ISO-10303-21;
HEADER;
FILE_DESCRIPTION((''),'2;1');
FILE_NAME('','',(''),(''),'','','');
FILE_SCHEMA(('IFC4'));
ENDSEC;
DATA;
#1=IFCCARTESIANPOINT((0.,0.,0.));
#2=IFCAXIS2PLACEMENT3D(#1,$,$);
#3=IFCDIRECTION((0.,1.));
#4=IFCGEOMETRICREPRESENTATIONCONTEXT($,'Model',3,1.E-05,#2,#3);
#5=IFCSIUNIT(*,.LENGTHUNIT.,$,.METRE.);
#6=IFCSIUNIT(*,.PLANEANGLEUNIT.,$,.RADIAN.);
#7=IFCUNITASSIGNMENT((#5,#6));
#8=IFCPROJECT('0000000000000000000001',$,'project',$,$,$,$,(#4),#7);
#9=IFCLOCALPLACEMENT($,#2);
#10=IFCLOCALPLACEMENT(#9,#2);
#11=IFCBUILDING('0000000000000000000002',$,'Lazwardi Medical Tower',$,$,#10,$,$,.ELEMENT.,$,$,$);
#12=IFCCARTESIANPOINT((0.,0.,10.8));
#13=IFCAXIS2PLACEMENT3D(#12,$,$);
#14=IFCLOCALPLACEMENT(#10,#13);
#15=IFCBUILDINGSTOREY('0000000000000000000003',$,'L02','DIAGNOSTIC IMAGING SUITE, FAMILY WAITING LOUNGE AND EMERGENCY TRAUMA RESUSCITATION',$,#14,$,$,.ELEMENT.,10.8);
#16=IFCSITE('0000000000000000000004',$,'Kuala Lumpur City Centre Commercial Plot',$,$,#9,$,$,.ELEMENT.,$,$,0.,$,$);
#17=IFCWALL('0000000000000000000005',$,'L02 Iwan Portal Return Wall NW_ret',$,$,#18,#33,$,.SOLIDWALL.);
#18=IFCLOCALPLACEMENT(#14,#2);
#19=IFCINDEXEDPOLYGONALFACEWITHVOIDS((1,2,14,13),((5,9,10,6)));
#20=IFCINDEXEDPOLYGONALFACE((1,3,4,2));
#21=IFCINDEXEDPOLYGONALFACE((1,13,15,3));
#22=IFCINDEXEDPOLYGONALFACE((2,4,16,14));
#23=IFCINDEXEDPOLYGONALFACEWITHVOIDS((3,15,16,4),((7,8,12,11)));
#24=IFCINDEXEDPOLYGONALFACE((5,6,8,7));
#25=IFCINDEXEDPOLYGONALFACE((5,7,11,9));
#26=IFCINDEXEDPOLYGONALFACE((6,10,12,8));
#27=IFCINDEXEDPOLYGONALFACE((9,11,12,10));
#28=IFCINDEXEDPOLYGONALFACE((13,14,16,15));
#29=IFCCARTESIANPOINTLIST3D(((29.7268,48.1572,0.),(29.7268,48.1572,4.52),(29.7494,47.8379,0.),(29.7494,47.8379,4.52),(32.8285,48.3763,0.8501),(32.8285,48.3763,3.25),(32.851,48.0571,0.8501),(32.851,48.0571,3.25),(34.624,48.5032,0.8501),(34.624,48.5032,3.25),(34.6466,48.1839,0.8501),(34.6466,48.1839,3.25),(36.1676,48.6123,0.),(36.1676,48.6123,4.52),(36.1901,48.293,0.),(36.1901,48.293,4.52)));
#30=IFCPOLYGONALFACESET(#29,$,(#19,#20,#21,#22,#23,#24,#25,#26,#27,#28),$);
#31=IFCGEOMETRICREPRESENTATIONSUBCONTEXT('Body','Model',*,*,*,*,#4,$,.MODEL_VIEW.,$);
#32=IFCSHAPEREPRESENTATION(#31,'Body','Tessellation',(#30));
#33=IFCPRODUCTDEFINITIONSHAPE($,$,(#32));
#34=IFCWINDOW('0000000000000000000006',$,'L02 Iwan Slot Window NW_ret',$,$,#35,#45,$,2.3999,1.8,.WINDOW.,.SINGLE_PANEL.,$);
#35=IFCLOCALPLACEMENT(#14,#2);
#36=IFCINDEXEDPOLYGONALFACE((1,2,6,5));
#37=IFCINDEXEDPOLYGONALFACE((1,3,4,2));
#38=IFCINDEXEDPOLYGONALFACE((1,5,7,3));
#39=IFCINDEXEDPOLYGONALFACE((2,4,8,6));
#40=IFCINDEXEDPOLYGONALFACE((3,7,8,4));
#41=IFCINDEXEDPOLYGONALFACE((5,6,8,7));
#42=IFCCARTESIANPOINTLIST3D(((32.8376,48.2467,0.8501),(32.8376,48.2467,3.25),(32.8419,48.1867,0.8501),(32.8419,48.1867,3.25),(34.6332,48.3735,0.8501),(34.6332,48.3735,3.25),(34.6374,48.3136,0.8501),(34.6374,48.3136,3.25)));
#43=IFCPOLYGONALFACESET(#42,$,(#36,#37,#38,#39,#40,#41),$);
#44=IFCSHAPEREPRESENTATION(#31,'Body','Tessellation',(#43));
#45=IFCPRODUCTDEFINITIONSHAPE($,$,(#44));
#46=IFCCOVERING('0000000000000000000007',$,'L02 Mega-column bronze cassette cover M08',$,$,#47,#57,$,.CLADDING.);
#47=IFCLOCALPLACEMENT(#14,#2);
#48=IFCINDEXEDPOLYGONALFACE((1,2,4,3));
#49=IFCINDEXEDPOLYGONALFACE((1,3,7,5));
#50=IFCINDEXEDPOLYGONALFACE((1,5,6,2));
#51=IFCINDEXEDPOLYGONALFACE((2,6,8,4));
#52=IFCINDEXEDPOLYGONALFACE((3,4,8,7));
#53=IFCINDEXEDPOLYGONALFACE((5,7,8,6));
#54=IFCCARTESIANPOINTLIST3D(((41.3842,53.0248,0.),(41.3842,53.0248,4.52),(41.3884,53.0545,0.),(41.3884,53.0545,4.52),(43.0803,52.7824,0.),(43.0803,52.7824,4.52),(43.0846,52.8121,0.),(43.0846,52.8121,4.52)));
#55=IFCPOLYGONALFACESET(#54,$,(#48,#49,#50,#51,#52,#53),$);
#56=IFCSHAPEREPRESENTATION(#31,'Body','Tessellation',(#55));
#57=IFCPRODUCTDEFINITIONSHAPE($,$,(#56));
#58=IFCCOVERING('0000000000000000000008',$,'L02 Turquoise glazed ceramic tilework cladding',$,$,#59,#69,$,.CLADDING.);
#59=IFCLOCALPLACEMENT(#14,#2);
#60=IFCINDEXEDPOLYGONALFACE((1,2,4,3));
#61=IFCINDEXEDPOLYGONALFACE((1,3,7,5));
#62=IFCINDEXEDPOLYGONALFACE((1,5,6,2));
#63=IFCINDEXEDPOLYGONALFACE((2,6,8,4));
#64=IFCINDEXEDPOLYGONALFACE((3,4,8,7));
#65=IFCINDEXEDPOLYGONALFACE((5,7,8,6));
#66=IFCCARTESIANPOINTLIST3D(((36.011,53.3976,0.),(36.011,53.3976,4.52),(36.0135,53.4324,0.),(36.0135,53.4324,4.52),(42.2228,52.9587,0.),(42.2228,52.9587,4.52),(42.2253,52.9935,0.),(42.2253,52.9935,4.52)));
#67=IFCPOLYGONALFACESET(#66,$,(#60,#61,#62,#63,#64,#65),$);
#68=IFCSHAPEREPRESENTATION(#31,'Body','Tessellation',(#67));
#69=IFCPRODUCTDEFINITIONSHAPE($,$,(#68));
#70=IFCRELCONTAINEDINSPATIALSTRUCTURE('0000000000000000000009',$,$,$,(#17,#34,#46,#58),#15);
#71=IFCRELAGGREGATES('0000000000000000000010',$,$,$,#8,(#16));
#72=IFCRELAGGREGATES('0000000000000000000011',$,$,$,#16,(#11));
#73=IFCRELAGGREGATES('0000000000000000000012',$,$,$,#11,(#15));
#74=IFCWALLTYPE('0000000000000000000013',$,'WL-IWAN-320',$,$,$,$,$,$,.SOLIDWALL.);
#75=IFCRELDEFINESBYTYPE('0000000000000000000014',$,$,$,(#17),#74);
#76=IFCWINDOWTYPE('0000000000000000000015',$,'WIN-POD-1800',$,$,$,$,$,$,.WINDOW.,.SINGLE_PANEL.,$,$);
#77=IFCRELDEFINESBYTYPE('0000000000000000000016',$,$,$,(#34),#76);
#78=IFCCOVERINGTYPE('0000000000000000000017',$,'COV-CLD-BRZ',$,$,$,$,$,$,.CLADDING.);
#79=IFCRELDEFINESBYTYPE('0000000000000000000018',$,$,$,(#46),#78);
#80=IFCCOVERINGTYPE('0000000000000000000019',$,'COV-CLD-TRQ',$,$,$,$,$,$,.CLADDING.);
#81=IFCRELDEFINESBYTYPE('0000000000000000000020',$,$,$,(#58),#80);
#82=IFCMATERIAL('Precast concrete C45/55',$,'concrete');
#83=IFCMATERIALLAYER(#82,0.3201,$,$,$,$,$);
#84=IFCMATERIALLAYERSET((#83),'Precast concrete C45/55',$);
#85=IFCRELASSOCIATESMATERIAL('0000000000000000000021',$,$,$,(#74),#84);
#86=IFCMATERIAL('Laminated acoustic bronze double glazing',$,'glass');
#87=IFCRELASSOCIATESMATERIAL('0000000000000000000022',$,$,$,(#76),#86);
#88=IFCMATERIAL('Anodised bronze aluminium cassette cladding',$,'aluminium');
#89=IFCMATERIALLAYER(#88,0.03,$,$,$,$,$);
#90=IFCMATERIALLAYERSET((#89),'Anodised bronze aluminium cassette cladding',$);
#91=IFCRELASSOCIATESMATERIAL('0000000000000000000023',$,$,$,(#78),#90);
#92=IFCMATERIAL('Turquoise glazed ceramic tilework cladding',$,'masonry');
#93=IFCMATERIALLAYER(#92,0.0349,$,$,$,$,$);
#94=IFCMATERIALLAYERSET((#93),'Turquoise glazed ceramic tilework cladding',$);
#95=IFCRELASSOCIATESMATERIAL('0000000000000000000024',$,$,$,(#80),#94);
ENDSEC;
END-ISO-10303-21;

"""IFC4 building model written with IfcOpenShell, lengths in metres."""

from ifc_helpers import new_model, si_unit, direction, frame, frame_2d, origin, origin_2d, place, context, subcontext, project, spatial, rectangle, extrude, material, layer, layer_set, type_object, element, fill, save


model = new_model("IFC4")

# Units and contexts
model_context = context("Model", 3, precision=1e-05, world=origin(), true_north=direction((0.0, 1.0)))
body_context = subcontext(model_context, "Body", "Model", "MODEL_VIEW")
ifc_project = project(units=[si_unit("LENGTHUNIT", "METRE"), si_unit("PLANEANGLEUNIT", "RADIAN")], contexts=[model_context])

# Site, building, storey
site_placement = place(None, origin())
site = spatial("IfcSite", under=ifc_project, at=site_placement, Name="Kuala Lumpur City Centre Commercial Plot", CompositionType="ELEMENT", RefElevation=0.0)
building_placement = place(site_placement, origin())
building = spatial("IfcBuilding", under=site, at=building_placement, Name="Lazwardi Medical Tower", CompositionType="ELEMENT")
storey_placement = place(building_placement, frame((0.0, 0.0, 10.8)))
storey = spatial("IfcBuildingStorey", under=building, at=storey_placement, Name="L02", Description="DIAGNOSTIC IMAGING SUITE, FAMILY WAITING LOUNGE AND EMERGENCY TRAUMA RESUSCITATION", CompositionType="ELEMENT", Elevation=10.8)

# Shared definitions
ifc_material_1 = material(Name="Laminated acoustic bronze double glazing", Category="glass")

# Wall, opening, window
ifc_material_2 = material(Name="Precast concrete C45/55", Category="concrete")
ifc_layer_1 = layer(ifc_material_2, 0.3201)
ifc_layer_set_1 = layer_set([ifc_layer_1], Name="Precast concrete C45/55")
wall_type = type_object("IfcWallType", Name="WL-IWAN-320", PredefinedType="SOLIDWALL", material=ifc_layer_set_1)
window_type = type_object("IfcWindowType", Name="WIN-POD-1800", PartitioningType="SINGLE_PANEL", PredefinedType="WINDOW", material=ifc_material_1)
wall_1_placement = place(storey_placement, frame((36.179, 48.4526, 0.0), z_axis=(0.0, 0.0, 1.0), x_axis=(-0.997513, -0.070481, 0.0)))
wall_1 = element("IfcWall", 1, at=wall_1_placement, inside=storey, type_object=wall_type, Name="L02 Iwan Portal Return Wall NW_ret", PredefinedType="SOLIDWALL", context=body_context, shape_type="SweptSolid", body=[
    extrude(rectangle(XDim=6.4568, YDim=0.3201, at=frame_2d((3.2285, 0.0))), origin(), (0.0, 0.0, 1.0), 4.52),
])
opening_1_placement = place(wall_1_placement, frame((1.5476, 0.0, 0.8501)))
opening_1 = element("IfcOpeningElement", 2, at=opening_1_placement, cuts=wall_1, PredefinedType="OPENING", context=body_context, shape_type="SweptSolid", body=[
    extrude(rectangle(XDim=1.8, YDim=2.3999, at=frame_2d((0.8999, 1.2))), frame((0.0, 0.1699, 0.0), z_axis=(0.0, -1.0, 0.0), x_axis=(1.0, 0.0, 0.0)), (0.0, 0.0, 1.0), 0.3401),
])
window_1_placement = place(opening_1_placement, origin())
window_1 = element("IfcWindow", 3, at=window_1_placement, inside=storey, type_object=window_type, Name="L02 Iwan Slot Window NW_ret", OverallHeight=2.3999, OverallWidth=1.8, PartitioningType="SINGLE_PANEL", PredefinedType="WINDOW", context=body_context, shape_type="SweptSolid", body=[
    extrude(rectangle(XDim=1.8, YDim=2.3999, at=frame_2d((0.8999, 1.2))), frame((0.0, 0.03, 0.0), z_axis=(0.0, -1.0, 0.0), x_axis=(1.0, 0.0, 0.0)), (0.0, 0.0, 1.0), 0.0601),
])
fill(opening_1, window_1)

# Coverings
ifc_material_3 = material(Name="Anodised bronze aluminium cassette cladding", Category="aluminium")
ifc_layer_2 = layer(ifc_material_3, 0.03)
ifc_layer_set_2 = layer_set([ifc_layer_2], Name="Anodised bronze aluminium cassette cladding")
covering_type_1 = type_object("IfcCoveringType", Name="COV-CLD-BRZ", PredefinedType="CLADDING", material=ifc_layer_set_2)
covering_1_placement = place(storey_placement, frame((42.2344, 52.9185, 0.0), z_axis=(0.0, 0.0, 1.0), x_axis=(-0.989943, 0.14147, 0.0)))
element("IfcCovering", 4, at=covering_1_placement, inside=storey, type_object=covering_type_1, Name="L02 Mega-column bronze cassette cover M08", PredefinedType="CLADDING", context=body_context, shape_type="SweptSolid", body=[
    extrude(rectangle(XDim=1.7134, YDim=0.03, at=origin_2d()), origin(), (0.0, 0.0, 1.0), 4.52),
])
ifc_material_4 = material(Name="Turquoise glazed ceramic tilework cladding", Category="masonry")
ifc_layer_3 = layer(ifc_material_4, 0.0349)
ifc_layer_set_3 = layer_set([ifc_layer_3], Name="Turquoise glazed ceramic tilework cladding")
covering_type_2 = type_object("IfcCoveringType", Name="COV-CLD-TRQ", PredefinedType="CLADDING", material=ifc_layer_set_3)
covering_2_placement = place(storey_placement, frame((39.1182, 53.1956, 0.0), z_axis=(0.0, 0.0, 1.0), x_axis=(-0.997513, 0.070481, 0.0)))
element("IfcCovering", 5, at=covering_2_placement, inside=storey, type_object=covering_type_2, Name="L02 Turquoise glazed ceramic tilework cladding", PredefinedType="CLADDING", context=body_context, shape_type="SweptSolid", body=[
    extrude(rectangle(XDim=6.2273, YDim=0.0349, at=origin_2d()), origin(), (0.0, 0.0, 1.0), 4.52),
])

save(model, "model.ifc")
